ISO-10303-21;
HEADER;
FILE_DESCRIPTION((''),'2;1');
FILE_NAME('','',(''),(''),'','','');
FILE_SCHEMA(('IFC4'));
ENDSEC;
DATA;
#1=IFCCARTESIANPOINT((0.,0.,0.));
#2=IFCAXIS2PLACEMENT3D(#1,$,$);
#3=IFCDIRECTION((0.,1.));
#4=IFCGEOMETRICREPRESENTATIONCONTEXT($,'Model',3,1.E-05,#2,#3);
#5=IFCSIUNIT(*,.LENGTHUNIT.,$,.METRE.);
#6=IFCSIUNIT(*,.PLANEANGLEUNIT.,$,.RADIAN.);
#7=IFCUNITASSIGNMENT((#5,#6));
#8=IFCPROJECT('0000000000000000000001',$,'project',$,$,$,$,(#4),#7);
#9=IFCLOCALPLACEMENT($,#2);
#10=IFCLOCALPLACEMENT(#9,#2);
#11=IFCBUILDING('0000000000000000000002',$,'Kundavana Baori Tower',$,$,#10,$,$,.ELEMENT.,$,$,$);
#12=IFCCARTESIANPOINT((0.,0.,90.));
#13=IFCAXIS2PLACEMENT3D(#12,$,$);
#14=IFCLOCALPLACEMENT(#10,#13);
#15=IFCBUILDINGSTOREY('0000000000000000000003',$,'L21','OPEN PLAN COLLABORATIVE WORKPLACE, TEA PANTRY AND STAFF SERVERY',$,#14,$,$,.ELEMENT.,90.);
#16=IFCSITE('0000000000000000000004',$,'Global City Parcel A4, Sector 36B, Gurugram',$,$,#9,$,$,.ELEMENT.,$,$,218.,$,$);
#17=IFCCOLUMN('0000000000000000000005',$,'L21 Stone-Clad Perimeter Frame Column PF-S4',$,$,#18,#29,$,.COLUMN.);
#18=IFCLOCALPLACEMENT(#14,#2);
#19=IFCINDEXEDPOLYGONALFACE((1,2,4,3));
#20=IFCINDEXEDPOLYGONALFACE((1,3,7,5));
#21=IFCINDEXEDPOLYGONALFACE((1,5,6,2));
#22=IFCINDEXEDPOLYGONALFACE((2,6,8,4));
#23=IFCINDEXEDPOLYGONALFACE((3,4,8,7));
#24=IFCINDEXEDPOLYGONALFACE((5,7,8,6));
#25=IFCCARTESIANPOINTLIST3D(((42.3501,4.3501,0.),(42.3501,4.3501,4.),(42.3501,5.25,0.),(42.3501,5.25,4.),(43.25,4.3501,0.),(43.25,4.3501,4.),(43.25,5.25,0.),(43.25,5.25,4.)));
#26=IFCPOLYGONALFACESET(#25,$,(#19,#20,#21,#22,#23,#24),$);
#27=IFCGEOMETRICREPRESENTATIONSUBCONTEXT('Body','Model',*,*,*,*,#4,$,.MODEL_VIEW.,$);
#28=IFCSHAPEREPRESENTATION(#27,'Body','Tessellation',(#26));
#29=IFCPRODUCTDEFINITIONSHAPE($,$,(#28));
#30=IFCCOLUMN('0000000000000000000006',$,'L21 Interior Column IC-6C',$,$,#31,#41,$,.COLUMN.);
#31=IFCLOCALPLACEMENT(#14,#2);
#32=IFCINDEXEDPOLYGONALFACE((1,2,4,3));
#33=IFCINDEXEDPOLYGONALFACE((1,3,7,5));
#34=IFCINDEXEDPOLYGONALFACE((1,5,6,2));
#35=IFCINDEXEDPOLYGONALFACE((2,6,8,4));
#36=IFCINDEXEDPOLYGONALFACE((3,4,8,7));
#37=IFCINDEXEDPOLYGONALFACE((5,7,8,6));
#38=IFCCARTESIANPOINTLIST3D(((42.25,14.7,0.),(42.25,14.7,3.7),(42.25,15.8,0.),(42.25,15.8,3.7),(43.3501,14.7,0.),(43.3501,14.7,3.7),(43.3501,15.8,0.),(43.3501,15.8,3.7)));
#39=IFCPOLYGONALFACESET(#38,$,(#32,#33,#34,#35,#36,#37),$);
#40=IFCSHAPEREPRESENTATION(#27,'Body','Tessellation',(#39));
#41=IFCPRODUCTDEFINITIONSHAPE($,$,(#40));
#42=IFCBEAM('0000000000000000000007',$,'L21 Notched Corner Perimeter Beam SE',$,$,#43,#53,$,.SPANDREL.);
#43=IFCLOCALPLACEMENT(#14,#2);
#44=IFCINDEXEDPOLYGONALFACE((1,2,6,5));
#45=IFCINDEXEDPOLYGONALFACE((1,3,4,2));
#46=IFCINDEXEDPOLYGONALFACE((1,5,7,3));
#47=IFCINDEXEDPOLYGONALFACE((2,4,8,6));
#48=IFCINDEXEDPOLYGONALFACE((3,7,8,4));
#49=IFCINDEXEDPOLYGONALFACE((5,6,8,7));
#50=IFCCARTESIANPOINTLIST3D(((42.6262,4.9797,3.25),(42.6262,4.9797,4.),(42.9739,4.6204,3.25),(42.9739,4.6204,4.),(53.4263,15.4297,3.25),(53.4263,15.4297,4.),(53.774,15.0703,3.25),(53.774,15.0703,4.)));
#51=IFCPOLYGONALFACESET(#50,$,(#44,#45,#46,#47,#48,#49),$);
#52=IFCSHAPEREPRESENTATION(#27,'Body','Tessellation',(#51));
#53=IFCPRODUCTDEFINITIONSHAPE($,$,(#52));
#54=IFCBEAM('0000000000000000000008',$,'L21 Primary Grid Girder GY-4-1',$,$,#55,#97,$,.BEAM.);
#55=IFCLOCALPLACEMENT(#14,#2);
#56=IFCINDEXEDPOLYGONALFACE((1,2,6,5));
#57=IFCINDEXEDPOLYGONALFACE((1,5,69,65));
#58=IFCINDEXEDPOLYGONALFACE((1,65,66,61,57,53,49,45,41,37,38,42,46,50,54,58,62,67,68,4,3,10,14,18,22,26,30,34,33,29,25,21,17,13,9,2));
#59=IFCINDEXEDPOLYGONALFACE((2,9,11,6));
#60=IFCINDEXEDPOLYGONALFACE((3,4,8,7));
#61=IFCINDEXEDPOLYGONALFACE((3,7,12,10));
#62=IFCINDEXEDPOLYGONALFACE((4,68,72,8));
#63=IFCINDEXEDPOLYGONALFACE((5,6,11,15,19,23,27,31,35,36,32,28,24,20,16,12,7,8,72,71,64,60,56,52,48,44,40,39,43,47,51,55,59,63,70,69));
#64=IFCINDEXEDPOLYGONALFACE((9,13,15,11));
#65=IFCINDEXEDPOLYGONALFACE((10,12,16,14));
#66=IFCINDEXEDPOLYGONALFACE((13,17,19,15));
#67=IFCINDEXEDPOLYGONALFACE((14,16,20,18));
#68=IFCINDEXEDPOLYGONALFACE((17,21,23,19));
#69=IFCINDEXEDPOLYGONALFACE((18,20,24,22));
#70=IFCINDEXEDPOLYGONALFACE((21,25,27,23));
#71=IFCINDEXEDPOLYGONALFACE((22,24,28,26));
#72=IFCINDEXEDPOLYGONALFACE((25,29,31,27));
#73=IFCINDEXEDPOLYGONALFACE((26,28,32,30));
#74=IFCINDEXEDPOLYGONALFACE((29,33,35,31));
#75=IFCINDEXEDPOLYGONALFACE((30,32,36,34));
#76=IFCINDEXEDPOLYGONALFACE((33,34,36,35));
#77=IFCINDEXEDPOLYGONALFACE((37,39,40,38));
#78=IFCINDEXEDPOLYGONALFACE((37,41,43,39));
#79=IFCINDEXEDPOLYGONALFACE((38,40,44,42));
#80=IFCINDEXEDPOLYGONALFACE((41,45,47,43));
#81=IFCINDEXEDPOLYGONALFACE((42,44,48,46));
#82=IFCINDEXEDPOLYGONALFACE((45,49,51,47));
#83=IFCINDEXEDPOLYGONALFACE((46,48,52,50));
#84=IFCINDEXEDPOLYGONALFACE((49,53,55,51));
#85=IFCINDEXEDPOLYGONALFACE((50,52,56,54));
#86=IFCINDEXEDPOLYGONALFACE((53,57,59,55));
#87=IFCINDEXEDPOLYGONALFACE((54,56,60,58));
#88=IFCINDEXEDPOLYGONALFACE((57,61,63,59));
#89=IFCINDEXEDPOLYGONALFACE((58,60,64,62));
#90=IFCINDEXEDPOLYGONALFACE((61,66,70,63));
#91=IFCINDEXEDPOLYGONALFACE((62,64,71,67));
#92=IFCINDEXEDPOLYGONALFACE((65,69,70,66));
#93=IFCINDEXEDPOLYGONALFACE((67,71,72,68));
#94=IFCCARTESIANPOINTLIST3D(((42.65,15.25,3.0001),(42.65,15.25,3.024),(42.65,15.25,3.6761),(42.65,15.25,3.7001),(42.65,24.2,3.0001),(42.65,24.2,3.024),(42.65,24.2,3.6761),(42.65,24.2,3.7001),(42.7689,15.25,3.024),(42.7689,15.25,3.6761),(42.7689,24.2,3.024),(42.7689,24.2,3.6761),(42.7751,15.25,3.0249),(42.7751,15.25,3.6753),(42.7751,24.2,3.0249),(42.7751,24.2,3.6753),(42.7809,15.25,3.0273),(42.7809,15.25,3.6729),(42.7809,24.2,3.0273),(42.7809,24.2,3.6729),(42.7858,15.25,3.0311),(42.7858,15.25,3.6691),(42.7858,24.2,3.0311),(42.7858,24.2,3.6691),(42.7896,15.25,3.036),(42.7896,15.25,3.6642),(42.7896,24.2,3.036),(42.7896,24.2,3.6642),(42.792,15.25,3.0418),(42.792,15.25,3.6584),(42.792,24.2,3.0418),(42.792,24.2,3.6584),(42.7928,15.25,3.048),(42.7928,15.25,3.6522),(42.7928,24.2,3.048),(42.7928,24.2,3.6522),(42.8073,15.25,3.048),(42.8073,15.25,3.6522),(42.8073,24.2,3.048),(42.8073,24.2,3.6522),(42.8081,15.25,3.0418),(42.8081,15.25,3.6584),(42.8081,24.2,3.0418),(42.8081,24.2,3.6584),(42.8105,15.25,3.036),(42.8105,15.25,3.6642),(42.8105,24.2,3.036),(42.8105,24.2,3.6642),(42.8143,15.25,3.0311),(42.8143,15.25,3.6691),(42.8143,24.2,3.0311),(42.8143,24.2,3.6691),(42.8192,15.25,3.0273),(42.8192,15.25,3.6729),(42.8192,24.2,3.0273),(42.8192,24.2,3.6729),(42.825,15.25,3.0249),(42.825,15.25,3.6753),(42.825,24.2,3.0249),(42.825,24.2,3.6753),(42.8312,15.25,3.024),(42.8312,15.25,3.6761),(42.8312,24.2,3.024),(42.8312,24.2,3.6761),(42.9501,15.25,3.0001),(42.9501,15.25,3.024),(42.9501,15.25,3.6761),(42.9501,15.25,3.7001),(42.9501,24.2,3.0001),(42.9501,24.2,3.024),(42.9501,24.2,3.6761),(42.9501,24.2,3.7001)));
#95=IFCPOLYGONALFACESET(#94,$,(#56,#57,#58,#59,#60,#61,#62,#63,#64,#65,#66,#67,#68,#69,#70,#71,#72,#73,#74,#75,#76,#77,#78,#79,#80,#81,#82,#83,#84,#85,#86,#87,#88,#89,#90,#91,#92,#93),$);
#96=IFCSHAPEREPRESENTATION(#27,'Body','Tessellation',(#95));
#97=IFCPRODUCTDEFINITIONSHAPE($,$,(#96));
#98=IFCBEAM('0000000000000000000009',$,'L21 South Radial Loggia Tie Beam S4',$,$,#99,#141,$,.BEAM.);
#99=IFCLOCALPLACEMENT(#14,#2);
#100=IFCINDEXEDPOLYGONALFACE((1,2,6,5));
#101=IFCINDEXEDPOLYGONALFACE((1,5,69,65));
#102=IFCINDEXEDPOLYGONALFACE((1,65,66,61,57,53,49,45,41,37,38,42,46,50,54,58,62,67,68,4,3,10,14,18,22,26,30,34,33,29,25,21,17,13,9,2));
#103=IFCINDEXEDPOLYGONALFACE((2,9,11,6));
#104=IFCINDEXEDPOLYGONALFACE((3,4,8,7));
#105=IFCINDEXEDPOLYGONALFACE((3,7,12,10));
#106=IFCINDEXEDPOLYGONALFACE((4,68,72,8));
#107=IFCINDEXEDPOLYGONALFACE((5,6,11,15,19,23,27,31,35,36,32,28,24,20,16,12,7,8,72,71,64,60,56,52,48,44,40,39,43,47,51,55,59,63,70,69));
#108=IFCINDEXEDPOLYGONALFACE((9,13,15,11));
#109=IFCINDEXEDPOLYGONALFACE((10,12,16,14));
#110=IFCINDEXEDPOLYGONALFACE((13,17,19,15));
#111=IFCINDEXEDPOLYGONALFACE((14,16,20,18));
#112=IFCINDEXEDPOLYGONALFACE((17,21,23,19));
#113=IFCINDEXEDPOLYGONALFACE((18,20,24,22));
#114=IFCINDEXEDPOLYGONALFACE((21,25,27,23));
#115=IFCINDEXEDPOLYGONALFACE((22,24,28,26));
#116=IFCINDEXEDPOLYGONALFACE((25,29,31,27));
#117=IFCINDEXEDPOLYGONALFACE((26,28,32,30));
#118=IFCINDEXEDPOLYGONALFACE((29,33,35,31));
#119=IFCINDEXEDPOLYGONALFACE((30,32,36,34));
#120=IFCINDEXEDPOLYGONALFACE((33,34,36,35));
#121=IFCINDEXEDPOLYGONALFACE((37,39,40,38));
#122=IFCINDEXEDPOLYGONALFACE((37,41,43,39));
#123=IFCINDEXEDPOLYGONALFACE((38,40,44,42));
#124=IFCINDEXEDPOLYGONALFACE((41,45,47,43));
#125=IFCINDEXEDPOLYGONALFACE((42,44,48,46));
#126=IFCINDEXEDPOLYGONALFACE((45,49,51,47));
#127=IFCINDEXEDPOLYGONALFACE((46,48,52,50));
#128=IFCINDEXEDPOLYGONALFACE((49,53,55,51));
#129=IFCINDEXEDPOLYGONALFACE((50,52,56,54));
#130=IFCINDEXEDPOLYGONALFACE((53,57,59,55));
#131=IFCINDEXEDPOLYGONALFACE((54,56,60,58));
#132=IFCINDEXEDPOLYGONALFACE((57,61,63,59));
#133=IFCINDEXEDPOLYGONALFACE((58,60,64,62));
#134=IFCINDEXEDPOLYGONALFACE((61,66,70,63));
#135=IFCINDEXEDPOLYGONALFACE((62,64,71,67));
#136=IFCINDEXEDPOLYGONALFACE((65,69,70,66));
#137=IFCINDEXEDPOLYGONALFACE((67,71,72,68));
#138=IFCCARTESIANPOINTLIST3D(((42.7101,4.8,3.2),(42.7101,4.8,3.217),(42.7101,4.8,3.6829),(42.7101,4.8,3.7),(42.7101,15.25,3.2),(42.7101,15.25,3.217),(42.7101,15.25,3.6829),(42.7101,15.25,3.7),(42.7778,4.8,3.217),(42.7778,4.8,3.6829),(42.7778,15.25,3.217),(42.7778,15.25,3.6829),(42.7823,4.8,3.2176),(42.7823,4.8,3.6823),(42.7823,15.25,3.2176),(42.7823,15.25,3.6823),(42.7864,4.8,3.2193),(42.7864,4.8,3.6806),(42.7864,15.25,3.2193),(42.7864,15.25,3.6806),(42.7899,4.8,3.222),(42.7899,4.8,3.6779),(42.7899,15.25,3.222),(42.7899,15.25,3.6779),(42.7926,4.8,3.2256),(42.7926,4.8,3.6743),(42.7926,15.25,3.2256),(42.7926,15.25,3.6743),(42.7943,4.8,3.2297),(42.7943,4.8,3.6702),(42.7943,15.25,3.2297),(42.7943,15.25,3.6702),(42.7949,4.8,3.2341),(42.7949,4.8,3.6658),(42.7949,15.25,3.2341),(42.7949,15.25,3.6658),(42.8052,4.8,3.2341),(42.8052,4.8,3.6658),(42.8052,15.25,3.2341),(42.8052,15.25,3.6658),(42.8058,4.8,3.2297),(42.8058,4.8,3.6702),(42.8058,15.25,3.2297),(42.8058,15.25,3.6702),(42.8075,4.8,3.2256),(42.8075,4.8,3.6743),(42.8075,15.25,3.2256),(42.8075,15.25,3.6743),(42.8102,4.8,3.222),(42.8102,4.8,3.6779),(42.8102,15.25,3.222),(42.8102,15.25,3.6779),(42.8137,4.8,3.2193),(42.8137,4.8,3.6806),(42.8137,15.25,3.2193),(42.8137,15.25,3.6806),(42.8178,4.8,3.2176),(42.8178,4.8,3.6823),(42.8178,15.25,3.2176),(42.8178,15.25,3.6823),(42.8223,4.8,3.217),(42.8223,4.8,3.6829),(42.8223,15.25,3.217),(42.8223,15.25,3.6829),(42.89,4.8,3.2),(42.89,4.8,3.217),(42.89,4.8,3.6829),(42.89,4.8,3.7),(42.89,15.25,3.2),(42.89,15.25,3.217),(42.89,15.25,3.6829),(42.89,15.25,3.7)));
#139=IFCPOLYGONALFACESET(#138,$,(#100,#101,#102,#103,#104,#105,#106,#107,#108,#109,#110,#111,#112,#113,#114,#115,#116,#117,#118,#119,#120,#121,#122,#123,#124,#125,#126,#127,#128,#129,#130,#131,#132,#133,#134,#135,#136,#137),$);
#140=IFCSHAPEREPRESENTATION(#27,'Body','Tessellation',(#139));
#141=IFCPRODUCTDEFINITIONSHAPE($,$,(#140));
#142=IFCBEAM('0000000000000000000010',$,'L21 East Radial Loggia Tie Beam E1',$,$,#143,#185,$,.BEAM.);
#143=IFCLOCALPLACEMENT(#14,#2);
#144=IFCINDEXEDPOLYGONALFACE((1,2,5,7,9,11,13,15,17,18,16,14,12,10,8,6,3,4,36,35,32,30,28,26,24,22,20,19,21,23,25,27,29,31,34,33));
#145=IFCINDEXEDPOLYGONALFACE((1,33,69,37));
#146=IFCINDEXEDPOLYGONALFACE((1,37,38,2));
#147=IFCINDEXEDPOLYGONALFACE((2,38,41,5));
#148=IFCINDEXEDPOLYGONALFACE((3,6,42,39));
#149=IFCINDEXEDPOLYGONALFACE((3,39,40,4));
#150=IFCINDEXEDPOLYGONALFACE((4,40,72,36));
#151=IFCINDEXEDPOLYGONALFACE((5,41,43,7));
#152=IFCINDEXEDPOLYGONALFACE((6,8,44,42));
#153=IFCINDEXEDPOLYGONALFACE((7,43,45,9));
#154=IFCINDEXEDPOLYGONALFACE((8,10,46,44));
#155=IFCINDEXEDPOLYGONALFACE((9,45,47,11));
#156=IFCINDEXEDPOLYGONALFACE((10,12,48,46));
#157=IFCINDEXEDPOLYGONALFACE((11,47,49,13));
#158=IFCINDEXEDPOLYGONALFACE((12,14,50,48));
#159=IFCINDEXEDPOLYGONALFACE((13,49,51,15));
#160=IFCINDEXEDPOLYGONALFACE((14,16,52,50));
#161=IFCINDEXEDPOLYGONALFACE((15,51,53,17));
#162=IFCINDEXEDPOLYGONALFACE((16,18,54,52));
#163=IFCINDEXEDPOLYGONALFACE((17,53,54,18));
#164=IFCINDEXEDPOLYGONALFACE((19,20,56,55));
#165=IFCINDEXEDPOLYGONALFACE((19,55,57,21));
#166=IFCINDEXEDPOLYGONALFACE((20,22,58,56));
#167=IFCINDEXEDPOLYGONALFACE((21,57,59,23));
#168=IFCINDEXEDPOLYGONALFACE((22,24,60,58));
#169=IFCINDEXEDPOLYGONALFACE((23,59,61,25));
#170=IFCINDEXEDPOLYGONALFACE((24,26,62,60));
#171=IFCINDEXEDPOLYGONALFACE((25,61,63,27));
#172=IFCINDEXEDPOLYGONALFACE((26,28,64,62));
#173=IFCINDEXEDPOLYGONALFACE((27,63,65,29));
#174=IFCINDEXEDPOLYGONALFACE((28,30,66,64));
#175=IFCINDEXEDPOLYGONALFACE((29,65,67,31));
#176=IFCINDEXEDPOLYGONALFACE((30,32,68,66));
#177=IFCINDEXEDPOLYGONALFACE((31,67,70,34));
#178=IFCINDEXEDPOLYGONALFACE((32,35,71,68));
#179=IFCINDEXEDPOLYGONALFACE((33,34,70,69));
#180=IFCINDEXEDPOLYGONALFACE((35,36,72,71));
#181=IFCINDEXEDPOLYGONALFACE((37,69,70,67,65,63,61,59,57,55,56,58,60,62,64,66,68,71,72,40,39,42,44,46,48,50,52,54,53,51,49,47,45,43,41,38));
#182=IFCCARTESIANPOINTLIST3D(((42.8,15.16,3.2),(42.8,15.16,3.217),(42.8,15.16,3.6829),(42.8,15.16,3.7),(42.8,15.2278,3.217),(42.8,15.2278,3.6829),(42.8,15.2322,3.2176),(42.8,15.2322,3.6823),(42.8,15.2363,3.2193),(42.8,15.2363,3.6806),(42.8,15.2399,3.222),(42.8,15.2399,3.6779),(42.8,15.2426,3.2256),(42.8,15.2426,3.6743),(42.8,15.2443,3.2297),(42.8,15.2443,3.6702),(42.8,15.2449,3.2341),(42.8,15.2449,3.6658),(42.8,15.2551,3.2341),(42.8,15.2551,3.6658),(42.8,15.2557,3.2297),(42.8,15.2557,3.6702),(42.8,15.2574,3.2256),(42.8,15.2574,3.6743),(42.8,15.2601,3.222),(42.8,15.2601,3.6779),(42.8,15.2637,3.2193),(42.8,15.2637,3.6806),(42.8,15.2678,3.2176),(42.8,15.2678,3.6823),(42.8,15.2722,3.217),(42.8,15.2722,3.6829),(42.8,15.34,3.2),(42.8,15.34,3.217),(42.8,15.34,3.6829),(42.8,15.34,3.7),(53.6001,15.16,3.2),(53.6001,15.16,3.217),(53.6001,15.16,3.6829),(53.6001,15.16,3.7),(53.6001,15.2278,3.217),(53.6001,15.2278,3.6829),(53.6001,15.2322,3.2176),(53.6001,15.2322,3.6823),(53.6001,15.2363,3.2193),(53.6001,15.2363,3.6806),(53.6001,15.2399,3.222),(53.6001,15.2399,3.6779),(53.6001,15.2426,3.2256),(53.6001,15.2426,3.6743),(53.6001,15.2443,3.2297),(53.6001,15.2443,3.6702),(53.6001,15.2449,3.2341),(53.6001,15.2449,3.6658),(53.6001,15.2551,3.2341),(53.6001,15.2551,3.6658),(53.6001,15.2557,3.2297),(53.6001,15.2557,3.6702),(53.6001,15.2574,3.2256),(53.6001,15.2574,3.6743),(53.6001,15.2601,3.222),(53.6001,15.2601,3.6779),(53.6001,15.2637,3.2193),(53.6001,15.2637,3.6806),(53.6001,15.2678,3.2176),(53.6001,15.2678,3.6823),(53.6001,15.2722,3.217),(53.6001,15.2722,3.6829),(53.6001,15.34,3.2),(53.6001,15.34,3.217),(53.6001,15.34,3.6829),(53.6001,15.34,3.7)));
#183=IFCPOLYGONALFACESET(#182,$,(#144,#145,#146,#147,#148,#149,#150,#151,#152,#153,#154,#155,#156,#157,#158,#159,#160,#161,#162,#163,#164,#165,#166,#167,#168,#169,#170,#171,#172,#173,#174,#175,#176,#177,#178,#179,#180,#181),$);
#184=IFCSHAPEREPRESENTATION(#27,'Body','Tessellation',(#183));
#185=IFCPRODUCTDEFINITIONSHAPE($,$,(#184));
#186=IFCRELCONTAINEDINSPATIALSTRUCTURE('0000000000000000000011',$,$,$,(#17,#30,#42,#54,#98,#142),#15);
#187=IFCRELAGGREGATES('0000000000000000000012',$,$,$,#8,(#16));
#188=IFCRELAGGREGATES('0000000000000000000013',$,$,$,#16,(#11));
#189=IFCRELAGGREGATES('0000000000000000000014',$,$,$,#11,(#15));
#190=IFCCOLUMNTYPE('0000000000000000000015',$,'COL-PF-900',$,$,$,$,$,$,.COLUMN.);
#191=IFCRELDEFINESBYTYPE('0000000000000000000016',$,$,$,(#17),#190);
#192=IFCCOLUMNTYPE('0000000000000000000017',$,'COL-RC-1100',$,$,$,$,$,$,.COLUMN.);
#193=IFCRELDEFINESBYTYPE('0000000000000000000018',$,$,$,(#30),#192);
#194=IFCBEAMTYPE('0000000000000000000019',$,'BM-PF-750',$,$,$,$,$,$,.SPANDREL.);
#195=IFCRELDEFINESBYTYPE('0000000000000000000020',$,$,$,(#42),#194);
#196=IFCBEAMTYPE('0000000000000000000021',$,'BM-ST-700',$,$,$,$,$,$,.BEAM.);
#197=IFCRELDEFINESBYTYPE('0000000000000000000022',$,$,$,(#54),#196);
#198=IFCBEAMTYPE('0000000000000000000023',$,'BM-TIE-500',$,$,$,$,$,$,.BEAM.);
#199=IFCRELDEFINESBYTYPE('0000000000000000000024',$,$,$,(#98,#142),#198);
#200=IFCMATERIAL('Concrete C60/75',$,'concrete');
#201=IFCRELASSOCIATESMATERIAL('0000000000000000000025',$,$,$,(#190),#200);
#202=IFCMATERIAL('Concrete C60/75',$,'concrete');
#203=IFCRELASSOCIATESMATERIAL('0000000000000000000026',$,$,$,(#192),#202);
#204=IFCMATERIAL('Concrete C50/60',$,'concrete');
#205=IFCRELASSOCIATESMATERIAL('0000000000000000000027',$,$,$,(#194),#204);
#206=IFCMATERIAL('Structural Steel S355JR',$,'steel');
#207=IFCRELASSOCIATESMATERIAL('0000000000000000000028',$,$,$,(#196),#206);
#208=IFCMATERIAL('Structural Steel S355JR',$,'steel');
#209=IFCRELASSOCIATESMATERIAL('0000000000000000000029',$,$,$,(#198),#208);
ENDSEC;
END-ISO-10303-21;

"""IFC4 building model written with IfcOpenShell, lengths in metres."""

from ifc_helpers import new_model, si_unit, direction, frame, origin, origin_2d, place, context, subcontext, project, spatial, rectangle, i_section, extrude, material, material_profile, profile_set, type_object, element, save


model = new_model("IFC4")

# Units and contexts
model_context = context("Model", 3, precision=1e-05, world=origin(), true_north=direction((0.0, 1.0)))
body_context = subcontext(model_context, "Body", "Model", "MODEL_VIEW")
ifc_project = project(units=[si_unit("LENGTHUNIT", "METRE"), si_unit("PLANEANGLEUNIT", "RADIAN")], contexts=[model_context])

# Site, building, storey
site_placement = place(None, origin())
site = spatial("IfcSite", under=ifc_project, at=site_placement, Name="Global City Parcel A4, Sector 36B, Gurugram", CompositionType="ELEMENT", RefElevation=218.0)
building_placement = place(site_placement, origin())
building = spatial("IfcBuilding", under=site, at=building_placement, Name="Kundavana Baori Tower", CompositionType="ELEMENT")
storey_placement = place(building_placement, frame((0.0, 0.0, 90.0)))
storey = spatial("IfcBuildingStorey", under=building, at=storey_placement, Name="L21", Description="OPEN PLAN COLLABORATIVE WORKPLACE, TEA PANTRY AND STAFF SERVERY", CompositionType="ELEMENT", Elevation=90.0)

# Columns
ifc_material_1 = material(Name="Concrete C60/75", Category="concrete")
ifc_material_profile_1 = material_profile(ifc_material_1, rectangle(XDim=0.8999, YDim=0.8999, at=origin_2d()), Name="RC PF 900x900")
ifc_profile_set_1 = profile_set([ifc_material_profile_1], Name="Concrete C60/75")
column_type_1 = type_object("IfcColumnType", Name="COL-PF-900", PredefinedType="COLUMN", material=ifc_profile_set_1)
column_1_placement = place(storey_placement, frame((42.8, 4.8, 0.0), z_axis=(0.0, 0.0, 1.0), x_axis=(1.0, 0.0, 0.0)))
element("IfcColumn", 1, at=column_1_placement, inside=storey, type_object=column_type_1, Name="L21 Stone-Clad Perimeter Frame Column PF-S4", PredefinedType="COLUMN", context=body_context, shape_type="SweptSolid", body=[
    extrude(rectangle(XDim=0.8999, YDim=0.8999, at=origin_2d()), origin(), (0.0, 0.0, 1.0), 4.0),
])
ifc_material_2 = material(Name="Concrete C60/75", Category="concrete")
ifc_material_profile_2 = material_profile(ifc_material_2, rectangle(XDim=1.1001, YDim=1.1001, at=origin_2d()), Name="RC 1100x1100")
ifc_profile_set_2 = profile_set([ifc_material_profile_2], Name="Concrete C60/75")
column_type_2 = type_object("IfcColumnType", Name="COL-RC-1100", PredefinedType="COLUMN", material=ifc_profile_set_2)
column_2_placement = place(storey_placement, frame((42.8, 15.25, 0.0), z_axis=(0.0, 0.0, 1.0), x_axis=(1.0, 0.0, 0.0)))
element("IfcColumn", 2, at=column_2_placement, inside=storey, type_object=column_type_2, Name="L21 Interior Column IC-6C", PredefinedType="COLUMN", context=body_context, shape_type="SweptSolid", body=[
    extrude(rectangle(XDim=1.1001, YDim=1.1001, at=origin_2d()), origin(), (0.0, 0.0, 1.0), 3.7),
])

# Beams
ifc_material_3 = material(Name="Concrete C50/60", Category="concrete")
ifc_material_profile_3 = material_profile(ifc_material_3, rectangle(XDim=0.5, YDim=0.75, at=origin_2d()), Name="RC BM 500x750")
ifc_profile_set_3 = profile_set([ifc_material_profile_3], Name="Concrete C50/60")
beam_type_1 = type_object("IfcBeamType", Name="BM-PF-750", PredefinedType="SPANDREL", material=ifc_profile_set_3)
beam_1_placement = place(storey_placement, frame((42.8, 4.8, 3.625), z_axis=(0.718659, 0.695363, 0.0), x_axis=(-0.695363, 0.718659, 0.0)))
element("IfcBeam", 3, at=beam_1_placement, inside=storey, type_object=beam_type_1, Name="L21 Notched Corner Perimeter Beam SE", PredefinedType="SPANDREL", context=body_context, shape_type="SweptSolid", body=[
    extrude(rectangle(XDim=0.5, YDim=0.75, at=origin_2d()), origin(), (0.0, 0.0, 1.0), 15.0281),
])
ifc_material_4 = material(Name="Structural Steel S355JR", Category="steel")
ifc_material_profile_4 = material_profile(ifc_material_4, i_section(OverallWidth=0.3, OverallDepth=0.7, WebThickness=0.0144, FlangeThickness=0.0239, FilletRadius=0.0239, at=origin_2d()), Name="NPB 700x300x170")
ifc_profile_set_4 = profile_set([ifc_material_profile_4], Name="Structural Steel S355JR")
beam_type_2 = type_object("IfcBeamType", Name="BM-ST-700", PredefinedType="BEAM", material=ifc_profile_set_4)
beam_2_placement = place(storey_placement, frame((42.8, 15.25, 3.3501), z_axis=(0.0, 1.0, 0.0), x_axis=(-1.0, 0.0, 0.0)))
element("IfcBeam", 4, at=beam_2_placement, inside=storey, type_object=beam_type_2, Name="L21 Primary Grid Girder GY-4-1", PredefinedType="BEAM", context=body_context, shape_type="SweptSolid", body=[
    extrude(i_section(OverallWidth=0.3, OverallDepth=0.7, WebThickness=0.0144, FlangeThickness=0.0239, FilletRadius=0.0239, at=origin_2d()), origin(), (0.0, 0.0, 1.0), 8.95),
])
ifc_material_5 = material(Name="Structural Steel S355JR", Category="steel")
ifc_material_profile_5 = material_profile(ifc_material_5, i_section(OverallWidth=0.1799, OverallDepth=0.5, WebThickness=0.0103, FlangeThickness=0.0171, FilletRadius=0.0171, at=origin_2d()), Name="ISMB 500")
ifc_profile_set_5 = profile_set([ifc_material_profile_5], Name="Structural Steel S355JR")
beam_type_3 = type_object("IfcBeamType", Name="BM-TIE-500", PredefinedType="BEAM", material=ifc_profile_set_5)
beam_3_placement = place(storey_placement, frame((42.8, 15.25, 3.45), z_axis=(0.0, -1.0, 0.0), x_axis=(1.0, 0.0, 0.0)))
element("IfcBeam", 5, at=beam_3_placement, inside=storey, type_object=beam_type_3, Name="L21 South Radial Loggia Tie Beam S4", PredefinedType="BEAM", context=body_context, shape_type="SweptSolid", body=[
    extrude(i_section(OverallWidth=0.1799, OverallDepth=0.5, WebThickness=0.0103, FlangeThickness=0.0171, FilletRadius=0.0171, at=origin_2d()), origin(), (0.0, 0.0, 1.0), 10.45),
])
beam_4_placement = place(storey_placement, frame((42.8, 15.25, 3.45), z_axis=(1.0, 0.0, 0.0), x_axis=(0.0, 1.0, 0.0)))
element("IfcBeam", 6, at=beam_4_placement, inside=storey, type_object=beam_type_3, Name="L21 East Radial Loggia Tie Beam E1", PredefinedType="BEAM", context=body_context, shape_type="SweptSolid", body=[
    extrude(i_section(OverallWidth=0.1799, OverallDepth=0.5, WebThickness=0.0103, FlangeThickness=0.0171, FilletRadius=0.0171, at=origin_2d()), origin(), (0.0, 0.0, 1.0), 10.8),
])

save(model, "model.ifc")
